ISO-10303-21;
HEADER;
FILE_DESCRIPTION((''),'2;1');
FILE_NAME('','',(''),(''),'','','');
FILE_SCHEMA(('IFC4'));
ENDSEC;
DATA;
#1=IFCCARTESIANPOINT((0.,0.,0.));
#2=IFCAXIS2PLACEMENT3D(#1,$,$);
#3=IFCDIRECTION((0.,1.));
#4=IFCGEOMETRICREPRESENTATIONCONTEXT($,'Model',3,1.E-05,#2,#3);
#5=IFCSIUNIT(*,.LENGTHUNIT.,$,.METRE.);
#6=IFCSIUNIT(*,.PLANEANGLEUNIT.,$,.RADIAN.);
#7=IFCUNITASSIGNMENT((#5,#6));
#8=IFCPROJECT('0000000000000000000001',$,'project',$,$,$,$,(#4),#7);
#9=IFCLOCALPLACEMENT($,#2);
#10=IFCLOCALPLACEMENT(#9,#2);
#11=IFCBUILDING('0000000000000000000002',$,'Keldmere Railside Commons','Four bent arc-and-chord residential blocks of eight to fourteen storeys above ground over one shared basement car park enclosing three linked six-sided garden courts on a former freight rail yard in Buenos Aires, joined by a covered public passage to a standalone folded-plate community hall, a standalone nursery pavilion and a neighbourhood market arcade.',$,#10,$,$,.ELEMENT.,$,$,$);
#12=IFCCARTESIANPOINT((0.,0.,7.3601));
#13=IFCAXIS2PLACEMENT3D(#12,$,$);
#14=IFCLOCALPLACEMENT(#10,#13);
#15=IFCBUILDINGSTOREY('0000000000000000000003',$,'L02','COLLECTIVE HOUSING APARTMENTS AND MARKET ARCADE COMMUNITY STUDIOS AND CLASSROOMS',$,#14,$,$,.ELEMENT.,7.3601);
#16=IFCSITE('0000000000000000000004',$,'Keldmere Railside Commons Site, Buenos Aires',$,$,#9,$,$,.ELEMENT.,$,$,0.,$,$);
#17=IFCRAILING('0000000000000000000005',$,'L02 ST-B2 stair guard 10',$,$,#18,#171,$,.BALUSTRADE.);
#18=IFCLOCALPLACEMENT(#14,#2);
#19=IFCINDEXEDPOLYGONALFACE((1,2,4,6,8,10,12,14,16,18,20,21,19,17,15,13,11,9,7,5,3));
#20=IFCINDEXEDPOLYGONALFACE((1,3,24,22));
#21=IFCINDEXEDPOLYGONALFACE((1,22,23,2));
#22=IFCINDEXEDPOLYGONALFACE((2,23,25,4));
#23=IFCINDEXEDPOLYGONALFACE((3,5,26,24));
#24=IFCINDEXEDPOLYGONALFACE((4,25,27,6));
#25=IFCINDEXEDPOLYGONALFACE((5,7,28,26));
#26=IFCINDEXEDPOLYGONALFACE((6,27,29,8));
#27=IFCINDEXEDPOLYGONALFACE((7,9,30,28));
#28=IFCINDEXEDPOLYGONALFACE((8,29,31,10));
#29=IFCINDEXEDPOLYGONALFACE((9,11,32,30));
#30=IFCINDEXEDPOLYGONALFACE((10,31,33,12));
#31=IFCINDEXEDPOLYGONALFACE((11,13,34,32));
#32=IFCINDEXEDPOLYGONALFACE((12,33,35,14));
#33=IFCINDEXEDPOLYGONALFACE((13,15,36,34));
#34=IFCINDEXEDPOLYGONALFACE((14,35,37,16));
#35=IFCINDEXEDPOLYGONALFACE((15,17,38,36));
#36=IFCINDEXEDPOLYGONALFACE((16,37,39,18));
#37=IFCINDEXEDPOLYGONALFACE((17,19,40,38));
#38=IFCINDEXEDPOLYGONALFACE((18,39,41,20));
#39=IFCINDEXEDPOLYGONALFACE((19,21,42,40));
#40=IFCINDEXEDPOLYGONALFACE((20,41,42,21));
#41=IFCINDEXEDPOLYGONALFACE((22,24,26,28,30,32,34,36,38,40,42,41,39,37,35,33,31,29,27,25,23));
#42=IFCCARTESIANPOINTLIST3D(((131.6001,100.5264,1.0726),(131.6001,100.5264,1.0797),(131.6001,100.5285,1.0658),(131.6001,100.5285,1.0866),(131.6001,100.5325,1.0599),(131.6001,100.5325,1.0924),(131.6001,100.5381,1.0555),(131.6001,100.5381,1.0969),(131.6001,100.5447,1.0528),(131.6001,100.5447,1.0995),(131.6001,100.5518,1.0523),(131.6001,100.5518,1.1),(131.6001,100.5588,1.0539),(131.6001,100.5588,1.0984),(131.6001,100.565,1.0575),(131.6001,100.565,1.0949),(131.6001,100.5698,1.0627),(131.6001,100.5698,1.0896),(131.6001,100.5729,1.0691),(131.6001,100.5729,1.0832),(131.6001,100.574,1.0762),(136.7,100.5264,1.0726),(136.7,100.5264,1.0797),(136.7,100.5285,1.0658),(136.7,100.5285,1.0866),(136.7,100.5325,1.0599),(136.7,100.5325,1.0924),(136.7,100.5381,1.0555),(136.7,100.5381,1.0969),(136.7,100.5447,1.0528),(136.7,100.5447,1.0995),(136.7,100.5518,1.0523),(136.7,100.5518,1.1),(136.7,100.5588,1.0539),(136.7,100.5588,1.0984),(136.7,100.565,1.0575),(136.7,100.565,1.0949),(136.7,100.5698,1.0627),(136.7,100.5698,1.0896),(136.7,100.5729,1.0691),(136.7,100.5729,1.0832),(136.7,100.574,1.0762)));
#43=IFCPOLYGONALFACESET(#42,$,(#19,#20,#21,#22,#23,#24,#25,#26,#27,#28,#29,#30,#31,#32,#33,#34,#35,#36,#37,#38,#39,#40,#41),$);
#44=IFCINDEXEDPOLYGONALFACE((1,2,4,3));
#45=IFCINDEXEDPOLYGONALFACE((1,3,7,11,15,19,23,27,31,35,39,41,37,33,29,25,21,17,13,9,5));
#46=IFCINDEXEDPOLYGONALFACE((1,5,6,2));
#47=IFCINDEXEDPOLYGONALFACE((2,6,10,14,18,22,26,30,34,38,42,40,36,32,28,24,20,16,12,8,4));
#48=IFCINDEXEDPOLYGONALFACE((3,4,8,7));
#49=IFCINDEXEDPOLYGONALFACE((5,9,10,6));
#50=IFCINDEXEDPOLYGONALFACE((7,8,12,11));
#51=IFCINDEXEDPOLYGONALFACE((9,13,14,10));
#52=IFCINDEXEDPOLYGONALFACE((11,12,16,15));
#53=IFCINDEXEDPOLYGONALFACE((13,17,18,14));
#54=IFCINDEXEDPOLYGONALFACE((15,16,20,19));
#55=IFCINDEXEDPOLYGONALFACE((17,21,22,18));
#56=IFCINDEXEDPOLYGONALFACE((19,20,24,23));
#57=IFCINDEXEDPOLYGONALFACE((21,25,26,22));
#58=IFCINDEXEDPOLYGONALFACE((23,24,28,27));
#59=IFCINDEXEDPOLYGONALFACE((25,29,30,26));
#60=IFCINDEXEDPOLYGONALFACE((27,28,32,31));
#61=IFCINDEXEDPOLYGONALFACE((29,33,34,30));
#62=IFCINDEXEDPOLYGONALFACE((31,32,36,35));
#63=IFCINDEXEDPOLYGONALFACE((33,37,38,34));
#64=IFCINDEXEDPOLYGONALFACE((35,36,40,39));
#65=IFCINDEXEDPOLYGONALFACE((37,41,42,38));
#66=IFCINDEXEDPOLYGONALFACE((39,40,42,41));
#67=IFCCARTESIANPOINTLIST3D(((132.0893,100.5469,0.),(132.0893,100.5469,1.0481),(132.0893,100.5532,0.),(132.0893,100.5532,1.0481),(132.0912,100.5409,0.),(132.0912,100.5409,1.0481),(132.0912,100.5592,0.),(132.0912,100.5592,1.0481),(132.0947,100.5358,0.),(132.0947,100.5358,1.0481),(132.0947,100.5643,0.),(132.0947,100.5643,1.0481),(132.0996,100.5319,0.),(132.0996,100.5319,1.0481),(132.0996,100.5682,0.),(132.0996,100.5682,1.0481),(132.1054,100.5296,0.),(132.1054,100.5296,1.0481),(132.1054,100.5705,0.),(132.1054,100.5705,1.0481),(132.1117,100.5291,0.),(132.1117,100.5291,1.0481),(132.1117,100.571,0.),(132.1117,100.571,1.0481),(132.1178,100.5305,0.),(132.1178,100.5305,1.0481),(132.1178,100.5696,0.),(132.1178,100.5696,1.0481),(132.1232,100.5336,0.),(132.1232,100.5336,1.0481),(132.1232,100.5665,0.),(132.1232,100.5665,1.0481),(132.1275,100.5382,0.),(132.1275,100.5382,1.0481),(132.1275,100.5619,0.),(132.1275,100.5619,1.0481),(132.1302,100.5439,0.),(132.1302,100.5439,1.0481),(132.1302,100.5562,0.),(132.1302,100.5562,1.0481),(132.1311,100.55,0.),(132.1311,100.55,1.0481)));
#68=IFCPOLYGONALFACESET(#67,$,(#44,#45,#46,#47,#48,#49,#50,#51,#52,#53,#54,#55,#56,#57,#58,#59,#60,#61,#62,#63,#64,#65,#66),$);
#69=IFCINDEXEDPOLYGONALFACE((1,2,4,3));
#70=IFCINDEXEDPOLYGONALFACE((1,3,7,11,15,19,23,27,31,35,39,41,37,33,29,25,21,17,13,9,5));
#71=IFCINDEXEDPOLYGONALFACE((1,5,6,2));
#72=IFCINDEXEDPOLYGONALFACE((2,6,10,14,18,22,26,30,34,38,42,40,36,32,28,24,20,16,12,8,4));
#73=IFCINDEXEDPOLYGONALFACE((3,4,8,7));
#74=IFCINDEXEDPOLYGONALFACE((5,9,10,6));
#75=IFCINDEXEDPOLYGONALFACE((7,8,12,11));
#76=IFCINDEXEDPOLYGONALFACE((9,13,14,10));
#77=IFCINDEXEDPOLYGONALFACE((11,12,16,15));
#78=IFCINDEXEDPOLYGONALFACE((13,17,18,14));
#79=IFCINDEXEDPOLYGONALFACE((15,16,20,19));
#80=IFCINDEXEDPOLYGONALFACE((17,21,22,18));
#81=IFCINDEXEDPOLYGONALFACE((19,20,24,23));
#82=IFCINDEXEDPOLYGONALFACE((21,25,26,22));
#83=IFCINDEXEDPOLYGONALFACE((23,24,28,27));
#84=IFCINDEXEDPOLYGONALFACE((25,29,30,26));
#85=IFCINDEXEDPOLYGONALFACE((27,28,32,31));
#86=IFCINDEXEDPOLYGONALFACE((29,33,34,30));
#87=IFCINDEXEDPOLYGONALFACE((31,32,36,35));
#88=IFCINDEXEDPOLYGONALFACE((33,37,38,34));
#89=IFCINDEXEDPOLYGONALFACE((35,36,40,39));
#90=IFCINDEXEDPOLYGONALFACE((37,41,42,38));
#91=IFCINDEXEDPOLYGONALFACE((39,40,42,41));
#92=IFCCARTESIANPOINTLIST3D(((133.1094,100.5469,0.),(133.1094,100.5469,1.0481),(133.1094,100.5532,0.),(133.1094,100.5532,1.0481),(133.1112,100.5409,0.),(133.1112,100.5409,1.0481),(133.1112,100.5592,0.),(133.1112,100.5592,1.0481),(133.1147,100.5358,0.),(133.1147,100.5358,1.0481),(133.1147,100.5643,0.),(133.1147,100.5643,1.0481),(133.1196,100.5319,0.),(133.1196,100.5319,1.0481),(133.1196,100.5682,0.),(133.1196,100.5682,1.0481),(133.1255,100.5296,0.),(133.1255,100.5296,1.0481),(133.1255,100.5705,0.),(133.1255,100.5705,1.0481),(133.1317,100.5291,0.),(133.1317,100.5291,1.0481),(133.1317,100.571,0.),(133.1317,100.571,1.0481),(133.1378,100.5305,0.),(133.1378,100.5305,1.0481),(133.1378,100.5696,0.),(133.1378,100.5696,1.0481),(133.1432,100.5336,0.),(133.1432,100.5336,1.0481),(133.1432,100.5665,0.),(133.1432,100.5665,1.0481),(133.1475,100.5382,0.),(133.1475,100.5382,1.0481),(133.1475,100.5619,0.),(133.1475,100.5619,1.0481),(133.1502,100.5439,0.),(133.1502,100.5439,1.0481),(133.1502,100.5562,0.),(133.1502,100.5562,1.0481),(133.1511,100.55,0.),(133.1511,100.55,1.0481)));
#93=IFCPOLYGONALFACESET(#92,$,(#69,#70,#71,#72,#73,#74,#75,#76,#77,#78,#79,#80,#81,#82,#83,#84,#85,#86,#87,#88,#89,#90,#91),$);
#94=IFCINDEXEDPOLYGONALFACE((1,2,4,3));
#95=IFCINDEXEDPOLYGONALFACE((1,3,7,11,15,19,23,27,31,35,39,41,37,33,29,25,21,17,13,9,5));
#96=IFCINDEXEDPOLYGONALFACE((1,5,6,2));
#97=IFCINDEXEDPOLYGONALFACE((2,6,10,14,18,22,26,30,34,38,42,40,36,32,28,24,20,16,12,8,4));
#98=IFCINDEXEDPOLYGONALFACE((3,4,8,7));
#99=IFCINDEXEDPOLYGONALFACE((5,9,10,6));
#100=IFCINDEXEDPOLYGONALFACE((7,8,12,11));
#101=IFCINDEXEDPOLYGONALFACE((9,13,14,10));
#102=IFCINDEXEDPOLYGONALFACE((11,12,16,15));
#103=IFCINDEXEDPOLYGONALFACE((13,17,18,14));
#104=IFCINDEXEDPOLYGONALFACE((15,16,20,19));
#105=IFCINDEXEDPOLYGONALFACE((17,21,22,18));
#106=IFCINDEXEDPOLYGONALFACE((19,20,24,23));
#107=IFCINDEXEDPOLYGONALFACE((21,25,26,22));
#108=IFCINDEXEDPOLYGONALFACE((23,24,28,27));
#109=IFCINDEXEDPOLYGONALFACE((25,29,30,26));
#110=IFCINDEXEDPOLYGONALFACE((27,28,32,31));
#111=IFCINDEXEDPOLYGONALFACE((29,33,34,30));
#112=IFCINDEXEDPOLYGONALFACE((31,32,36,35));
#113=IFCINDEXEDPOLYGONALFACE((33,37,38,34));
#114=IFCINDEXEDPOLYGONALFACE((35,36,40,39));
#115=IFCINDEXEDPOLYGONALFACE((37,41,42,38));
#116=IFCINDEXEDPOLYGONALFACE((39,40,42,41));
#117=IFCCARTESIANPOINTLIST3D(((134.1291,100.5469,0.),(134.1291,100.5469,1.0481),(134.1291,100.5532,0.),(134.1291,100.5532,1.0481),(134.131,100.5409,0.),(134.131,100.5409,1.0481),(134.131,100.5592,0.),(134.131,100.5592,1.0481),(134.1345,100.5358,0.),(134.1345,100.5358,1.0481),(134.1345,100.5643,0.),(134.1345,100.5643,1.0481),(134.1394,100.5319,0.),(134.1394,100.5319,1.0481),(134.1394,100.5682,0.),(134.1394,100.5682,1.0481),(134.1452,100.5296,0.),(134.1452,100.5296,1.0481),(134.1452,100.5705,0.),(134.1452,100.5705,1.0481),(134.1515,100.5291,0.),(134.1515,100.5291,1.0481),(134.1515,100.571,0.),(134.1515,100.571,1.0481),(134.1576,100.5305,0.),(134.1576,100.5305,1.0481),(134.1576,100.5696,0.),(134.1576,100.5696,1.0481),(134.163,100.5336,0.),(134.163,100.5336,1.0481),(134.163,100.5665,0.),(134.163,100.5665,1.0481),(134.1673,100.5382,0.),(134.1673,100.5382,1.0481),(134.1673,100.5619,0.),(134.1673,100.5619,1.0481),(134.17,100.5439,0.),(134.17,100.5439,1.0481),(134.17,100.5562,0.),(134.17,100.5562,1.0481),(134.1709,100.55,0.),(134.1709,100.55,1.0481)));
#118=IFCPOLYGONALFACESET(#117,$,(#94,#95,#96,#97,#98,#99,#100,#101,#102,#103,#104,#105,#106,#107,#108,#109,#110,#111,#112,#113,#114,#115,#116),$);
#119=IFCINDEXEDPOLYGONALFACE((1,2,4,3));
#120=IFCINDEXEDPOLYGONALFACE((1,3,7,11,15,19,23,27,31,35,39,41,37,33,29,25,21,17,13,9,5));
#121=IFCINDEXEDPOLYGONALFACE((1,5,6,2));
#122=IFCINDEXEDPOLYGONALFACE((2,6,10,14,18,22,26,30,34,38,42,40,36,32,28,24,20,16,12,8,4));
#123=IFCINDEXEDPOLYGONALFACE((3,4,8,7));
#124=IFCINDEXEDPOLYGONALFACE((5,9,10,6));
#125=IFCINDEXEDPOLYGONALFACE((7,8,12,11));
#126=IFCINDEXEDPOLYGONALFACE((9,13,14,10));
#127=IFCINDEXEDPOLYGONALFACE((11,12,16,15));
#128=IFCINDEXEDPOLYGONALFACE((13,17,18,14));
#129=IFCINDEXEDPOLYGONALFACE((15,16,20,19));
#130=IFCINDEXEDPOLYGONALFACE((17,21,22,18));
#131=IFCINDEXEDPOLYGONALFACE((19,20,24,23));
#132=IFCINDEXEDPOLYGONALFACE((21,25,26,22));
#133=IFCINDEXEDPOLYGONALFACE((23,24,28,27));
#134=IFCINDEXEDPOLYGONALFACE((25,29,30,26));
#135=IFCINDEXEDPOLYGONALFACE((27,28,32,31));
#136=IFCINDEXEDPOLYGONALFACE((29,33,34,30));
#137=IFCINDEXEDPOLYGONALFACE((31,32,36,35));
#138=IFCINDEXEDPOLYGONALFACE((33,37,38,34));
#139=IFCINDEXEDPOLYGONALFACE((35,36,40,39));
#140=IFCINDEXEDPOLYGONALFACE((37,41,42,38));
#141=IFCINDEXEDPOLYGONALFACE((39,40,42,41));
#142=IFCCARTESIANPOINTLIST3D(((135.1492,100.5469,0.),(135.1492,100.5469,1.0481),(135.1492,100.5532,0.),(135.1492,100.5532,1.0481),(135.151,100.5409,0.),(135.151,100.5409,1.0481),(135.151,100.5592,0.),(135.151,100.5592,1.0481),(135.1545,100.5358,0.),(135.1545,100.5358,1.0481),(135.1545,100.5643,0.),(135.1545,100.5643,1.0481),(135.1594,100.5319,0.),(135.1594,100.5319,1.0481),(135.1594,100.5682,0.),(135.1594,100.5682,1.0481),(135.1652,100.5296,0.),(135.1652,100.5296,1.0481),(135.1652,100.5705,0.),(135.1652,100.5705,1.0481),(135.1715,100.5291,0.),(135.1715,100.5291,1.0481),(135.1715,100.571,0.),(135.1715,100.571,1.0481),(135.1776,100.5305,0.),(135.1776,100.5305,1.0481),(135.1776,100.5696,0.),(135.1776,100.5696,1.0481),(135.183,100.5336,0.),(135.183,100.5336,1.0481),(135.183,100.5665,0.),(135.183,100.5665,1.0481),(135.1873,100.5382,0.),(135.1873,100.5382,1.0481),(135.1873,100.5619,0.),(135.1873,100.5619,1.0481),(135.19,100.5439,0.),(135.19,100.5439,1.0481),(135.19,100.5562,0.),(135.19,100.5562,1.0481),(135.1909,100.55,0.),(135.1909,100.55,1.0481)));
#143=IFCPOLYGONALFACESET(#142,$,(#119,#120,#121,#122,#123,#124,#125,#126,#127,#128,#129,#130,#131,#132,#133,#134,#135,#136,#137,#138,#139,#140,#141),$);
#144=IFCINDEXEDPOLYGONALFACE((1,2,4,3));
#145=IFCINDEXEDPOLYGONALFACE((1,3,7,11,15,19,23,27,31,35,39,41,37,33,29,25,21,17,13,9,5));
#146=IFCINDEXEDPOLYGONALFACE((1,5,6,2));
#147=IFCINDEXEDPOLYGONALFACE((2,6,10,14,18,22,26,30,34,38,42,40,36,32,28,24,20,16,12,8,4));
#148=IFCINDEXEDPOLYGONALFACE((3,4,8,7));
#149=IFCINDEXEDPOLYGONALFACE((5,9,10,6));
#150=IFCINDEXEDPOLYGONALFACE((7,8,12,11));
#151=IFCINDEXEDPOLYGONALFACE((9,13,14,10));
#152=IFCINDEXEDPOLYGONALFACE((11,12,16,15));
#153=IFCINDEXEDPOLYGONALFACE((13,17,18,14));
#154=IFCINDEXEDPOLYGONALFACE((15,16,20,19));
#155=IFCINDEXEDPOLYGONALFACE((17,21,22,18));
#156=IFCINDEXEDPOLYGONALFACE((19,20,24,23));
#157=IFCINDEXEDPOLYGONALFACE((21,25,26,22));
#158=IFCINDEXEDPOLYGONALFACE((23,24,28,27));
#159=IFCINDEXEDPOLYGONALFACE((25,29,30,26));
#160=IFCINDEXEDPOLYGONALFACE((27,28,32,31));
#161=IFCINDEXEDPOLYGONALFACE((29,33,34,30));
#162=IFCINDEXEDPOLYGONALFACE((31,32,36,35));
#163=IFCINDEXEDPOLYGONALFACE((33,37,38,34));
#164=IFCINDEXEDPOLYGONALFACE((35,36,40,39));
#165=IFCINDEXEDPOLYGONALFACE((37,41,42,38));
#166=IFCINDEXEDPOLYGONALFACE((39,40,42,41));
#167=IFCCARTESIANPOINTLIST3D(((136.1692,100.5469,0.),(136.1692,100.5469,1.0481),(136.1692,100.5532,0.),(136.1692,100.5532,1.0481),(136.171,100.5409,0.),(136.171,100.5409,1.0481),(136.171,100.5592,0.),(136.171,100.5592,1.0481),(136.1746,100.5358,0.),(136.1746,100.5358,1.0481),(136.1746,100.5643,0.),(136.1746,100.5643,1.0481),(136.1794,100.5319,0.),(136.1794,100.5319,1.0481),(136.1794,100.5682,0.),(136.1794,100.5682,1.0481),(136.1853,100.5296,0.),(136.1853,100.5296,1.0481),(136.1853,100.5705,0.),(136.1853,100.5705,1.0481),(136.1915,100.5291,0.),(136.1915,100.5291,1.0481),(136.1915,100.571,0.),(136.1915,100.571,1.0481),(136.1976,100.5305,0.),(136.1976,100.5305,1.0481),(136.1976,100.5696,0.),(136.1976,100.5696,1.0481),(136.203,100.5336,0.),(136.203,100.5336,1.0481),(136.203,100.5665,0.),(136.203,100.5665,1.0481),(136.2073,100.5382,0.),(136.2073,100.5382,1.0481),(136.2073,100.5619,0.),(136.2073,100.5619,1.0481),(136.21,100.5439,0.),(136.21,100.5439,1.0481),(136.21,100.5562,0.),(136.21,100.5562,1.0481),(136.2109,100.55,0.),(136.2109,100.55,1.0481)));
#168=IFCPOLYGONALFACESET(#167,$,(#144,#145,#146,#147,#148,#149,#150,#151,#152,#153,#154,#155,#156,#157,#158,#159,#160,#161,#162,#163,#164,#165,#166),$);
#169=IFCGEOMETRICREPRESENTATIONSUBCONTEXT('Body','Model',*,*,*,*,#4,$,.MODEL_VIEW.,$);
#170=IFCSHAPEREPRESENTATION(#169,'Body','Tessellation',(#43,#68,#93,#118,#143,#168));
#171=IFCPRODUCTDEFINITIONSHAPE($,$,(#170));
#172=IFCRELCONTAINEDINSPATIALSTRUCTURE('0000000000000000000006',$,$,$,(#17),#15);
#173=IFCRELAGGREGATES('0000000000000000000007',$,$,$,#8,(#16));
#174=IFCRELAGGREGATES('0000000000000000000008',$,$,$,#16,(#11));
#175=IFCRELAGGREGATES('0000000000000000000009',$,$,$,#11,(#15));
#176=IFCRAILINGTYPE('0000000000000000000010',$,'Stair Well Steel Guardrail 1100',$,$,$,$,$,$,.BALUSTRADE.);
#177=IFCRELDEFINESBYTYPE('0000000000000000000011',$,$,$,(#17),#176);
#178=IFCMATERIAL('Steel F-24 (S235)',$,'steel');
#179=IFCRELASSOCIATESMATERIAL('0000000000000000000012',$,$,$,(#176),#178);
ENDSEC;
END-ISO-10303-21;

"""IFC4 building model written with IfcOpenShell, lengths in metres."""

from ifc_helpers import new_model, si_unit, direction, frame, origin, origin_2d, place, context, subcontext, project, spatial, circle, extrude, material, type_object, element, save


model = new_model("IFC4")

# Units and contexts
model_context = context("Model", 3, precision=1e-05, world=origin(), true_north=direction((0.0, 1.0)))
body_context = subcontext(model_context, "Body", "Model", "MODEL_VIEW")
ifc_project = project(units=[si_unit("LENGTHUNIT", "METRE"), si_unit("PLANEANGLEUNIT", "RADIAN")], contexts=[model_context])

# Site, building, storey
site_placement = place(None, origin())
site = spatial("IfcSite", under=ifc_project, at=site_placement, Name="Keldmere Railside Commons Site, Buenos Aires", CompositionType="ELEMENT", RefElevation=0.0)
building_placement = place(site_placement, origin())
building = spatial("IfcBuilding", under=site, at=building_placement, Name="Keldmere Railside Commons", Description="Four bent arc-and-chord residential blocks of eight to fourteen storeys above ground over one shared basement car park enclosing three linked six-sided garden courts on a former freight rail yard in Buenos Aires, joined by a covered public passage to a standalone folded-plate community hall, a standalone nursery pavilion and a neighbourhood market arcade.", CompositionType="ELEMENT")
storey_placement = place(building_placement, frame((0.0, 0.0, 7.3601)))
storey = spatial("IfcBuildingStorey", under=building, at=storey_placement, Name="L02", Description="COLLECTIVE HOUSING APARTMENTS AND MARKET ARCADE COMMUNITY STUDIOS AND CLASSROOMS", CompositionType="ELEMENT", Elevation=7.3601)

# Railing
ifc_material_1 = material(Name="Steel F-24 (S235)", Category="steel")
railing_type_1 = type_object("IfcRailingType", Name="Stair Well Steel Guardrail 1100", PredefinedType="BALUSTRADE", material=ifc_material_1)
railing_1_placement = place(storey_placement, frame((131.6001, 100.55, 0.0)))
element("IfcRailing", 1, at=railing_1_placement, inside=storey, type_object=railing_type_1, Name="L02 ST-B2 stair guard 10", PredefinedType="BALUSTRADE", context=body_context, shape_type="SweptSolid", body=[
    extrude(circle(Radius=0.0239, at=origin_2d()), frame((0.0, 0.0, 1.0762), z_axis=(1.0, 0.0, 0.0), x_axis=(0.0, 1.0, 0.0)), (0.0, 0.0, 1.0), 5.0999),
    extrude(circle(Radius=0.021, at=origin_2d()), frame((0.51, 0.0, 0.0)), (0.0, 0.0, 1.0), 1.0481),
    extrude(circle(Radius=0.021, at=origin_2d()), frame((1.53, 0.0, 0.0)), (0.0, 0.0, 1.0), 1.0481),
    extrude(circle(Radius=0.021, at=origin_2d()), frame((2.5498, 0.0, 0.0)), (0.0, 0.0, 1.0), 1.0481),
    extrude(circle(Radius=0.021, at=origin_2d()), frame((3.5698, 0.0, 0.0)), (0.0, 0.0, 1.0), 1.0481),
    extrude(circle(Radius=0.021, at=origin_2d()), frame((4.5898, 0.0, 0.0)), (0.0, 0.0, 1.0), 1.0481),
])

save(model, "model.ifc")
